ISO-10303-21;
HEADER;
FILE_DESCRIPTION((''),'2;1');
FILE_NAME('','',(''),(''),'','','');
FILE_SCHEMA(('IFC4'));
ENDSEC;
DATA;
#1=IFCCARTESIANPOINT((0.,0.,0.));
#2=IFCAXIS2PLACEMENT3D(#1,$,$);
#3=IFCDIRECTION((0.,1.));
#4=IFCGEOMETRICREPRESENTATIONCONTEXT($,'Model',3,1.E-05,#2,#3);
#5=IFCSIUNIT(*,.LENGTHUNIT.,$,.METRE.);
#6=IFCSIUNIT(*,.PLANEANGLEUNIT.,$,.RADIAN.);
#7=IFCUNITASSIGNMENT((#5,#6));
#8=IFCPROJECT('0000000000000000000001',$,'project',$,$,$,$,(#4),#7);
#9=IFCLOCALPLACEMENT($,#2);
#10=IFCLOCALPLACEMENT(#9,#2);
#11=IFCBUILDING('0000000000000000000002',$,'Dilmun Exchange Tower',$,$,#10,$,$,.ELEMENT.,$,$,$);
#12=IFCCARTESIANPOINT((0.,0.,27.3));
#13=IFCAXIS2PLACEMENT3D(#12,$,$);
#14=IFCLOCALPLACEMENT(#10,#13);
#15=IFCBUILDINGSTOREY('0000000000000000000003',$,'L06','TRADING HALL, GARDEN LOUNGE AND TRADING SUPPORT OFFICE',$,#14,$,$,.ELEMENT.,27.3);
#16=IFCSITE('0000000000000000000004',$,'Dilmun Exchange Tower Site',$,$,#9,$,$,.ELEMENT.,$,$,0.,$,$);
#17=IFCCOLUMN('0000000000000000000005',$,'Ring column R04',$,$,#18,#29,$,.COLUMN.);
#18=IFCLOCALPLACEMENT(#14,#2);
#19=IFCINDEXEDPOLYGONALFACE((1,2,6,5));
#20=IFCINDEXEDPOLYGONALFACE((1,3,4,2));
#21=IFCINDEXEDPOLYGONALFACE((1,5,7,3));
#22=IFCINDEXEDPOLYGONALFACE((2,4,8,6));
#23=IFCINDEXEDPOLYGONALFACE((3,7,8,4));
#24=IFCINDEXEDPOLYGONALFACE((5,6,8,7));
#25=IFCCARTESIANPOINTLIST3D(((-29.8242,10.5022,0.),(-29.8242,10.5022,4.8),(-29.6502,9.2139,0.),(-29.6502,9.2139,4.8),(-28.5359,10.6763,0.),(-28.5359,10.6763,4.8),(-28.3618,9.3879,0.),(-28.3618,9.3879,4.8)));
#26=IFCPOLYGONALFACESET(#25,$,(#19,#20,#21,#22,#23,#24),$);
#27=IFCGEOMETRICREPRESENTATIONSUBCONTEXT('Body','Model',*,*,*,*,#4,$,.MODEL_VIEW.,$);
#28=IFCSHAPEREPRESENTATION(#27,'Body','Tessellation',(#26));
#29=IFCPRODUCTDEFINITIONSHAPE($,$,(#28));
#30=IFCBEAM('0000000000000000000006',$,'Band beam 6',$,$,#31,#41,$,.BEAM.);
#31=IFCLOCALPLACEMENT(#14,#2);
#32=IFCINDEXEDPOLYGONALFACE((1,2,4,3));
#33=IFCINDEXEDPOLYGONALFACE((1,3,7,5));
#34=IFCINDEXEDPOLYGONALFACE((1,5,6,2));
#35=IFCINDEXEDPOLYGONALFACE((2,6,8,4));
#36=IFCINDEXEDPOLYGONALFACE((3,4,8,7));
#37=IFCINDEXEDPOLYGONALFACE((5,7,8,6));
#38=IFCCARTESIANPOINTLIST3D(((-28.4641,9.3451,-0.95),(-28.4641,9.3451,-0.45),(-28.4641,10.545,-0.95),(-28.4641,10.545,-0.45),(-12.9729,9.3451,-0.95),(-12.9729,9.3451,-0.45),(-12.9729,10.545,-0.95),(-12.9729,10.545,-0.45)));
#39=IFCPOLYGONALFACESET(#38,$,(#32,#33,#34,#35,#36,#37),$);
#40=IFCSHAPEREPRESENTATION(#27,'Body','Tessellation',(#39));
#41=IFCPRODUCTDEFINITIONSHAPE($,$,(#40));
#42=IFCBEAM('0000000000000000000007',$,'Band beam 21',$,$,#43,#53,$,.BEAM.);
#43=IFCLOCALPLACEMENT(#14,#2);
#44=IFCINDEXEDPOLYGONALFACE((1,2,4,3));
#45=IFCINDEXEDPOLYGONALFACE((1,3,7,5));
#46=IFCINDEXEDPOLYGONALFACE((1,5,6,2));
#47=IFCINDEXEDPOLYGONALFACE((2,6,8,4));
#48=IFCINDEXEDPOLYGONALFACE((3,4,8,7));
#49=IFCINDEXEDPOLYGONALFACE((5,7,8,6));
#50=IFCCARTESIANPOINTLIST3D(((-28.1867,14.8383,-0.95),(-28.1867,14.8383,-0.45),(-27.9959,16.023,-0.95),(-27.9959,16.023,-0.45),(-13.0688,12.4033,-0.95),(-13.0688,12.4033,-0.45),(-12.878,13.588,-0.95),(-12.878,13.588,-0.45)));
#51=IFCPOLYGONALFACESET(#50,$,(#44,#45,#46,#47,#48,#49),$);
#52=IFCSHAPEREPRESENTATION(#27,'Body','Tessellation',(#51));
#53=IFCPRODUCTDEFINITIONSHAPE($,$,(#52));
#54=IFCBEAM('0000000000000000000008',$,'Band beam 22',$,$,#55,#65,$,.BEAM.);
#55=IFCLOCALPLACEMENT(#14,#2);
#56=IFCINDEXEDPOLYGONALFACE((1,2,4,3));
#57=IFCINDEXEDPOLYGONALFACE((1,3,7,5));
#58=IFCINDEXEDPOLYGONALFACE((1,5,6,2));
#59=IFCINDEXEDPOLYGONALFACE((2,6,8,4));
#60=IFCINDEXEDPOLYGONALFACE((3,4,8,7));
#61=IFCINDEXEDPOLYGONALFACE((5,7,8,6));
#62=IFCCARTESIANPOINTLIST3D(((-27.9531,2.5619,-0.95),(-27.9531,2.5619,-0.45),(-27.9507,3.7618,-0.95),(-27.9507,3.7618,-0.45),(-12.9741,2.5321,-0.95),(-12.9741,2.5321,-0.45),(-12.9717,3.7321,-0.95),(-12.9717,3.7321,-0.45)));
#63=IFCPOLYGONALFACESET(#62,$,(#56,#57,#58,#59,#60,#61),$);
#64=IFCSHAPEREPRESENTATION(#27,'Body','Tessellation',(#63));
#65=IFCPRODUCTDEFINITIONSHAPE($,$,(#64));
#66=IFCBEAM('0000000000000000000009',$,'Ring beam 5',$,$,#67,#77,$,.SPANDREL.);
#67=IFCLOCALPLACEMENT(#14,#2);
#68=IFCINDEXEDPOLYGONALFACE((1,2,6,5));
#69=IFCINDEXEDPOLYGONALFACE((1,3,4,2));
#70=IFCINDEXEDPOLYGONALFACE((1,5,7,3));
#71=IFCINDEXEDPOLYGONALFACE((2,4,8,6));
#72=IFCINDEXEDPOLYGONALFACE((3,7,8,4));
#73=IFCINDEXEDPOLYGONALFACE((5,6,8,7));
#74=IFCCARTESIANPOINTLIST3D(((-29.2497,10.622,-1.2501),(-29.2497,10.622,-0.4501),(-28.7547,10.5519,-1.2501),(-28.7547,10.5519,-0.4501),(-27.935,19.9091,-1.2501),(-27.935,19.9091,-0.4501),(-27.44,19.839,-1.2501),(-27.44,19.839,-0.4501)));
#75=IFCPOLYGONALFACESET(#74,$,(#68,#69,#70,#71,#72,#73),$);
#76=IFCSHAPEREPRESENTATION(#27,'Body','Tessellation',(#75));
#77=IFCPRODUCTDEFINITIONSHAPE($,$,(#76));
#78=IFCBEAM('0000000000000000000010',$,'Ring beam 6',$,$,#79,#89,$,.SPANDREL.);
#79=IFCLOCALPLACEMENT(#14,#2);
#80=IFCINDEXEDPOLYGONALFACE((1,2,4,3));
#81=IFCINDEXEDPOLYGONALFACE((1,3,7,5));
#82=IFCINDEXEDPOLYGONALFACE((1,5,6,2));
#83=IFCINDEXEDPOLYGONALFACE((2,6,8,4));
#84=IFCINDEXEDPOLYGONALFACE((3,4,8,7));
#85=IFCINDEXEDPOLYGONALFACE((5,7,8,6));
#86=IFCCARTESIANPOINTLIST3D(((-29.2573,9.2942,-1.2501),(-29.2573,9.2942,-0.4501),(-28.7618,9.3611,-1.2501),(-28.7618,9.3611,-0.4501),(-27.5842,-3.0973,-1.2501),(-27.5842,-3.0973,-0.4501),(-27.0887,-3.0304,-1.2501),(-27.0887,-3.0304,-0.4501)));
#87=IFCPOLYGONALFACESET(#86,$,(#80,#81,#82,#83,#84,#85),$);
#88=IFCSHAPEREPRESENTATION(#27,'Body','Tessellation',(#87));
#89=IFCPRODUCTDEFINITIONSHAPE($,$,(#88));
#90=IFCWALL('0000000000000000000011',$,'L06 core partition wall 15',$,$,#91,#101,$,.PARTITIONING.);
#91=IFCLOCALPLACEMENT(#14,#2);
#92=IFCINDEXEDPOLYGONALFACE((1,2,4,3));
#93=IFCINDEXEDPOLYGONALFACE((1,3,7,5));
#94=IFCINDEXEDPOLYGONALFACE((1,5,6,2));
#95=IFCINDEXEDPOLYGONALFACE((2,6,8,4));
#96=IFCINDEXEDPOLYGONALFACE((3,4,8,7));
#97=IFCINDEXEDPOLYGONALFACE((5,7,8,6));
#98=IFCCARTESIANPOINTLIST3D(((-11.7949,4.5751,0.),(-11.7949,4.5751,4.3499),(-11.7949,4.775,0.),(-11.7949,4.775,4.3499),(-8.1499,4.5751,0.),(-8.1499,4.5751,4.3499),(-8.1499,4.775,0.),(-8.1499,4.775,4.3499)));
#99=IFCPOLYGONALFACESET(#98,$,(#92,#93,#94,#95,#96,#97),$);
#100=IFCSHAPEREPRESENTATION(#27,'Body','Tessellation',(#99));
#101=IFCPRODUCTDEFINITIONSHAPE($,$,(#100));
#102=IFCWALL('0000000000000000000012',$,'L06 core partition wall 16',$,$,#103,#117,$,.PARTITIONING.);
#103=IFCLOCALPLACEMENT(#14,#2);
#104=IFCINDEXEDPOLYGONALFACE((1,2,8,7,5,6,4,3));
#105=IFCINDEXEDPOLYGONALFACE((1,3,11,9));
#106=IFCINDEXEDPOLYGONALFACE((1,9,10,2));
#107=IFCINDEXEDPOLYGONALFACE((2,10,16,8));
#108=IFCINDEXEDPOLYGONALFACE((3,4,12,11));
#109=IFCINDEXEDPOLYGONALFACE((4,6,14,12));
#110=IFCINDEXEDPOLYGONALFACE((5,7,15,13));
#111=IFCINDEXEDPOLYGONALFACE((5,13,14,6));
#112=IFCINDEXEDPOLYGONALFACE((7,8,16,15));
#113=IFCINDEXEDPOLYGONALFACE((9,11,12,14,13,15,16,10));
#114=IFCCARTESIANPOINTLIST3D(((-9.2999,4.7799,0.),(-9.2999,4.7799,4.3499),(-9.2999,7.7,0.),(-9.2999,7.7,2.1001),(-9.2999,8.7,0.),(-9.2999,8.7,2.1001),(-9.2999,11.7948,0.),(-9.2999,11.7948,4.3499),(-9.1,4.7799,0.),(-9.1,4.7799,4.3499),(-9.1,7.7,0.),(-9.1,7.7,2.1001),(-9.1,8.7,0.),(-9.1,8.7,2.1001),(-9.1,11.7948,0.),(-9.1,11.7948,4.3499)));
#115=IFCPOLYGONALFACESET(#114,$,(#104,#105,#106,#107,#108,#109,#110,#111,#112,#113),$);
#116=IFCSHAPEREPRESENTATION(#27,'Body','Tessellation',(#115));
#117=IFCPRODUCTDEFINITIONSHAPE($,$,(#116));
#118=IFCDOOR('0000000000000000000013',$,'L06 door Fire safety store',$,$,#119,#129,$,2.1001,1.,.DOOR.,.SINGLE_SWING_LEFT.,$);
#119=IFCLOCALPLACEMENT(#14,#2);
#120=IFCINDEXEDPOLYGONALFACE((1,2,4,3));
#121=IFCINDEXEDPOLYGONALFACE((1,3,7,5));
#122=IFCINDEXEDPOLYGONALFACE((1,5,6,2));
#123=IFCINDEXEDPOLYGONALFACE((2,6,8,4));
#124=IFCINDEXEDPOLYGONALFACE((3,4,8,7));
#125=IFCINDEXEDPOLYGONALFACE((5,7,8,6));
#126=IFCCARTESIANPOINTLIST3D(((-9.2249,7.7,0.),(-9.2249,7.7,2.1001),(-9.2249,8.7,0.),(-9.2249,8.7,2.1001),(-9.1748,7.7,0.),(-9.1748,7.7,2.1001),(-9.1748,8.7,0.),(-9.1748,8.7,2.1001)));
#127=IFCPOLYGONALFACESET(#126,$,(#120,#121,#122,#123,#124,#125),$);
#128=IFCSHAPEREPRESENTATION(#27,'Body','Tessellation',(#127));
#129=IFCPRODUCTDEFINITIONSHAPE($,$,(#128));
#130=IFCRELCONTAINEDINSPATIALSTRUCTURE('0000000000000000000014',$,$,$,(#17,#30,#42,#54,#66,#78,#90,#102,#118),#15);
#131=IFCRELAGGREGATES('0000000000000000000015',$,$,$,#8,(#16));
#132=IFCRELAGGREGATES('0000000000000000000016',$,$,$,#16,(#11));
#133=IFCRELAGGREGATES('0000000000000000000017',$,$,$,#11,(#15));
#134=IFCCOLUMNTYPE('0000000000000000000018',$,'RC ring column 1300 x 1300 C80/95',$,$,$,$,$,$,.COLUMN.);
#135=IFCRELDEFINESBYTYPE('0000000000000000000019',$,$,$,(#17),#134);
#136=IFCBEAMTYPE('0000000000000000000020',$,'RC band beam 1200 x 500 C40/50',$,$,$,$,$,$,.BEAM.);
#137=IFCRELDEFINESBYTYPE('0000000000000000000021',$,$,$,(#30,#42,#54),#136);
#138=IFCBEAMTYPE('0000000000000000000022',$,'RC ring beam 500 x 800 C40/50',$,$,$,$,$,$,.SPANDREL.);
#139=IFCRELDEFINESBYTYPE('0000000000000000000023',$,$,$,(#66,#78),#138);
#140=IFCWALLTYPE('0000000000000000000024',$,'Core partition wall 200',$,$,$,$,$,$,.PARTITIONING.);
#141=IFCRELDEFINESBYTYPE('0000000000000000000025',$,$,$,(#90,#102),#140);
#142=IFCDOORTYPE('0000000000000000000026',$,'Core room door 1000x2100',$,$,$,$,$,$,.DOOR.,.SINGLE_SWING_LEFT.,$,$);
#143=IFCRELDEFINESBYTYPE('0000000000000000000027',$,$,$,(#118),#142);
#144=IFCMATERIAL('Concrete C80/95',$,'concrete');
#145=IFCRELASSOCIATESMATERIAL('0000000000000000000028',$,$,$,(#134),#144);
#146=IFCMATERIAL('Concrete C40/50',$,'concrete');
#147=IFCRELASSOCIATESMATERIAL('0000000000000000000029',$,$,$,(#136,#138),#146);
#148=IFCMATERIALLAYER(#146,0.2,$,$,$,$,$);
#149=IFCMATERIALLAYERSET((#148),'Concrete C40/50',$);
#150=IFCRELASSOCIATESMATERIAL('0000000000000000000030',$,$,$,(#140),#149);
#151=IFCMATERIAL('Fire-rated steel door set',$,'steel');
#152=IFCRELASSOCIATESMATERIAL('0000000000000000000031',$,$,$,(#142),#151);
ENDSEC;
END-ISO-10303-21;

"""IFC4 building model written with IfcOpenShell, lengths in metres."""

from ifc_helpers import new_model, si_unit, direction, frame, frame_2d, origin, origin_2d, place, context, subcontext, project, spatial, rectangle, extrude, material, layer, layer_set, material_profile, profile_set, type_object, element, fill, save


model = new_model("IFC4")

# Units and contexts
model_context = context("Model", 3, precision=1e-05, world=origin(), true_north=direction((0.0, 1.0)))
body_context = subcontext(model_context, "Body", "Model", "MODEL_VIEW")
ifc_project = project(units=[si_unit("LENGTHUNIT", "METRE"), si_unit("PLANEANGLEUNIT", "RADIAN")], contexts=[model_context])

# Site, building, storey
site_placement = place(None, origin())
site = spatial("IfcSite", under=ifc_project, at=site_placement, Name="Dilmun Exchange Tower Site", CompositionType="ELEMENT", RefElevation=0.0)
building_placement = place(site_placement, origin())
building = spatial("IfcBuilding", under=site, at=building_placement, Name="Dilmun Exchange Tower", CompositionType="ELEMENT")
storey_placement = place(building_placement, frame((0.0, 0.0, 27.3)))
storey = spatial("IfcBuildingStorey", under=building, at=storey_placement, Name="L06", Description="TRADING HALL, GARDEN LOUNGE AND TRADING SUPPORT OFFICE", CompositionType="ELEMENT", Elevation=27.3)

# Column
ifc_material_1 = material(Name="Concrete C80/95", Category="concrete")
ifc_material_profile_1 = material_profile(ifc_material_1, rectangle(XDim=1.3, YDim=1.3, at=origin_2d()), Name="1300 x 1300")
ifc_profile_set_1 = profile_set([ifc_material_profile_1], Name="Concrete C80/95")
column_type = type_object("IfcColumnType", Name="RC ring column 1300 x 1300 C80/95", PredefinedType="COLUMN", material=ifc_profile_set_1)
column_placement = place(storey_placement, frame((-29.093, 9.9451, 0.0), z_axis=(0.0, 0.0, 1.0), x_axis=(0.991001, 0.133853, 0.0)))
element("IfcColumn", 1, at=column_placement, inside=storey, type_object=column_type, Name="Ring column R04", PredefinedType="COLUMN", context=body_context, shape_type="SweptSolid", body=[
    extrude(rectangle(XDim=1.3, YDim=1.3, at=origin_2d()), origin(), (0.0, 0.0, 1.0), 4.8),
])

# Beams
ifc_material_2 = material(Name="Concrete C40/50", Category="concrete")
ifc_material_profile_2 = material_profile(ifc_material_2, rectangle(XDim=1.2, YDim=0.5, at=origin_2d()), Name="1200 x 500")
ifc_profile_set_2 = profile_set([ifc_material_profile_2], Name="Concrete C40/50")
beam_type_1 = type_object("IfcBeamType", Name="RC band beam 1200 x 500 C40/50", PredefinedType="BEAM", material=ifc_profile_set_2)
beam_1_placement = place(storey_placement, frame((-28.4641, 9.9451, -0.7), z_axis=(1.0, 0.0, 0.0), x_axis=(0.0, 1.0, 0.0)))
element("IfcBeam", 2, at=beam_1_placement, inside=storey, type_object=beam_type_1, Name="Band beam 6", PredefinedType="BEAM", context=body_context, shape_type="SweptSolid", body=[
    extrude(rectangle(XDim=1.2, YDim=0.5, at=origin_2d()), origin(), (0.0, 0.0, 1.0), 15.4912),
])
beam_2_placement = place(storey_placement, frame((-28.0913, 15.4307, -0.7), z_axis=(0.987275, -0.159021, 0.0), x_axis=(0.159021, 0.987275, 0.0)))
element("IfcBeam", 3, at=beam_2_placement, inside=storey, type_object=beam_type_1, Name="Band beam 21", PredefinedType="BEAM", context=body_context, shape_type="SweptSolid", body=[
    extrude(rectangle(XDim=1.2, YDim=0.5, at=origin_2d()), origin(), (0.0, 0.0, 1.0), 15.3127),
])
beam_3_placement = place(storey_placement, frame((-27.9519, 3.1619, -0.7), z_axis=(0.999998, -0.001988, 0.0), x_axis=(0.001988, 0.999998, 0.0)))
element("IfcBeam", 4, at=beam_3_placement, inside=storey, type_object=beam_type_1, Name="Band beam 22", PredefinedType="BEAM", context=body_context, shape_type="SweptSolid", body=[
    extrude(rectangle(XDim=1.2, YDim=0.5, at=origin_2d()), origin(), (0.0, 0.0, 1.0), 14.979),
])
ifc_material_profile_3 = material_profile(ifc_material_2, rectangle(XDim=0.5, YDim=0.8, at=origin_2d()), Name="500 x 800")
ifc_profile_set_3 = profile_set([ifc_material_profile_3], Name="Concrete C40/50")
beam_type_2 = type_object("IfcBeamType", Name="RC ring beam 500 x 800 C40/50", PredefinedType="SPANDREL", material=ifc_profile_set_3)
beam_4_placement = place(storey_placement, frame((-27.6875, 19.874, -0.8501), z_axis=(-0.140164, -0.990128, 0.0), x_axis=(0.990128, -0.140164, 0.0)))
element("IfcBeam", 5, at=beam_4_placement, inside=storey, type_object=beam_type_2, Name="Ring beam 5", PredefinedType="SPANDREL", context=body_context, shape_type="SweptSolid", body=[
    extrude(rectangle(XDim=0.5, YDim=0.8, at=origin_2d()), origin(), (0.0, 0.0, 1.0), 9.3796),
])
beam_5_placement = place(storey_placement, frame((-29.0095, 9.3276, -0.8501), z_axis=(0.133807, -0.991007, 0.0), x_axis=(0.991007, 0.133807, 0.0)))
element("IfcBeam", 6, at=beam_5_placement, inside=storey, type_object=beam_type_2, Name="Ring beam 6", PredefinedType="SPANDREL", context=body_context, shape_type="SweptSolid", body=[
    extrude(rectangle(XDim=0.5, YDim=0.8, at=origin_2d()), origin(), (0.0, 0.0, 1.0), 12.5039),
])

# Wall
ifc_layer_1 = layer(ifc_material_2, 0.2)
ifc_layer_set_1 = layer_set([ifc_layer_1], Name="Concrete C40/50")
wall_type_1 = type_object("IfcWallType", Name="Core partition wall 200", PredefinedType="PARTITIONING", material=ifc_layer_set_1)
wall_1_placement = place(storey_placement, frame((-11.7949, 4.675, 0.0), z_axis=(0.0, 0.0, 1.0), x_axis=(1.0, 0.0, 0.0)))
element("IfcWall", 7, at=wall_1_placement, inside=storey, type_object=wall_type_1, Name="L06 core partition wall 15", PredefinedType="PARTITIONING", context=body_context, shape_type="SweptSolid", body=[
    extrude(rectangle(XDim=3.645, YDim=0.2, at=frame_2d((1.8225, 0.0))), origin(), (0.0, 0.0, 1.0), 4.3499),
])

# Wall, opening, door
wall_2_placement = place(storey_placement, frame((-9.2, 4.78, 0.0), z_axis=(0.0, 0.0, 1.0), x_axis=(0.0, 1.0, 0.0)))
wall_2 = element("IfcWall", 8, at=wall_2_placement, inside=storey, type_object=wall_type_1, Name="L06 core partition wall 16", PredefinedType="PARTITIONING", context=body_context, shape_type="SweptSolid", body=[
    extrude(rectangle(XDim=7.0149, YDim=0.2, at=frame_2d((3.5073, 0.0))), origin(), (0.0, 0.0, 1.0), 4.3499),
])
opening_1_placement = place(wall_2_placement, frame((2.9199, 0.0, 0.0)))
opening_1 = element("IfcOpeningElement", 9, at=opening_1_placement, cuts=wall_2, PredefinedType="OPENING", context=body_context, shape_type="SweptSolid", body=[
    extrude(rectangle(XDim=1.0, YDim=2.1001, at=frame_2d((0.5, 1.05))), frame((0.0, 0.1099, 0.0), z_axis=(0.0, -1.0, 0.0), x_axis=(1.0, 0.0, 0.0)), (0.0, 0.0, 1.0), 0.22),
])
ifc_material_3 = material(Name="Fire-rated steel door set", Category="steel")
door_type_1 = type_object("IfcDoorType", Name="Core room door 1000x2100", OperationType="SINGLE_SWING_LEFT", PredefinedType="DOOR", material=ifc_material_3)
door_1_placement = place(opening_1_placement, origin())
door_1 = element("IfcDoor", 10, at=door_1_placement, inside=storey, type_object=door_type_1, Name="L06 door Fire safety store", OperationType="SINGLE_SWING_LEFT", OverallHeight=2.1001, OverallWidth=1.0, PredefinedType="DOOR", context=body_context, shape_type="SweptSolid", body=[
    extrude(rectangle(XDim=1.0, YDim=2.1001, at=frame_2d((0.5, 1.05))), frame((0.0, 0.0249, 0.0), z_axis=(0.0, -1.0, 0.0), x_axis=(1.0, 0.0, 0.0)), (0.0, 0.0, 1.0), 0.05),
])
fill(opening_1, door_1)

save(model, "model.ifc")
